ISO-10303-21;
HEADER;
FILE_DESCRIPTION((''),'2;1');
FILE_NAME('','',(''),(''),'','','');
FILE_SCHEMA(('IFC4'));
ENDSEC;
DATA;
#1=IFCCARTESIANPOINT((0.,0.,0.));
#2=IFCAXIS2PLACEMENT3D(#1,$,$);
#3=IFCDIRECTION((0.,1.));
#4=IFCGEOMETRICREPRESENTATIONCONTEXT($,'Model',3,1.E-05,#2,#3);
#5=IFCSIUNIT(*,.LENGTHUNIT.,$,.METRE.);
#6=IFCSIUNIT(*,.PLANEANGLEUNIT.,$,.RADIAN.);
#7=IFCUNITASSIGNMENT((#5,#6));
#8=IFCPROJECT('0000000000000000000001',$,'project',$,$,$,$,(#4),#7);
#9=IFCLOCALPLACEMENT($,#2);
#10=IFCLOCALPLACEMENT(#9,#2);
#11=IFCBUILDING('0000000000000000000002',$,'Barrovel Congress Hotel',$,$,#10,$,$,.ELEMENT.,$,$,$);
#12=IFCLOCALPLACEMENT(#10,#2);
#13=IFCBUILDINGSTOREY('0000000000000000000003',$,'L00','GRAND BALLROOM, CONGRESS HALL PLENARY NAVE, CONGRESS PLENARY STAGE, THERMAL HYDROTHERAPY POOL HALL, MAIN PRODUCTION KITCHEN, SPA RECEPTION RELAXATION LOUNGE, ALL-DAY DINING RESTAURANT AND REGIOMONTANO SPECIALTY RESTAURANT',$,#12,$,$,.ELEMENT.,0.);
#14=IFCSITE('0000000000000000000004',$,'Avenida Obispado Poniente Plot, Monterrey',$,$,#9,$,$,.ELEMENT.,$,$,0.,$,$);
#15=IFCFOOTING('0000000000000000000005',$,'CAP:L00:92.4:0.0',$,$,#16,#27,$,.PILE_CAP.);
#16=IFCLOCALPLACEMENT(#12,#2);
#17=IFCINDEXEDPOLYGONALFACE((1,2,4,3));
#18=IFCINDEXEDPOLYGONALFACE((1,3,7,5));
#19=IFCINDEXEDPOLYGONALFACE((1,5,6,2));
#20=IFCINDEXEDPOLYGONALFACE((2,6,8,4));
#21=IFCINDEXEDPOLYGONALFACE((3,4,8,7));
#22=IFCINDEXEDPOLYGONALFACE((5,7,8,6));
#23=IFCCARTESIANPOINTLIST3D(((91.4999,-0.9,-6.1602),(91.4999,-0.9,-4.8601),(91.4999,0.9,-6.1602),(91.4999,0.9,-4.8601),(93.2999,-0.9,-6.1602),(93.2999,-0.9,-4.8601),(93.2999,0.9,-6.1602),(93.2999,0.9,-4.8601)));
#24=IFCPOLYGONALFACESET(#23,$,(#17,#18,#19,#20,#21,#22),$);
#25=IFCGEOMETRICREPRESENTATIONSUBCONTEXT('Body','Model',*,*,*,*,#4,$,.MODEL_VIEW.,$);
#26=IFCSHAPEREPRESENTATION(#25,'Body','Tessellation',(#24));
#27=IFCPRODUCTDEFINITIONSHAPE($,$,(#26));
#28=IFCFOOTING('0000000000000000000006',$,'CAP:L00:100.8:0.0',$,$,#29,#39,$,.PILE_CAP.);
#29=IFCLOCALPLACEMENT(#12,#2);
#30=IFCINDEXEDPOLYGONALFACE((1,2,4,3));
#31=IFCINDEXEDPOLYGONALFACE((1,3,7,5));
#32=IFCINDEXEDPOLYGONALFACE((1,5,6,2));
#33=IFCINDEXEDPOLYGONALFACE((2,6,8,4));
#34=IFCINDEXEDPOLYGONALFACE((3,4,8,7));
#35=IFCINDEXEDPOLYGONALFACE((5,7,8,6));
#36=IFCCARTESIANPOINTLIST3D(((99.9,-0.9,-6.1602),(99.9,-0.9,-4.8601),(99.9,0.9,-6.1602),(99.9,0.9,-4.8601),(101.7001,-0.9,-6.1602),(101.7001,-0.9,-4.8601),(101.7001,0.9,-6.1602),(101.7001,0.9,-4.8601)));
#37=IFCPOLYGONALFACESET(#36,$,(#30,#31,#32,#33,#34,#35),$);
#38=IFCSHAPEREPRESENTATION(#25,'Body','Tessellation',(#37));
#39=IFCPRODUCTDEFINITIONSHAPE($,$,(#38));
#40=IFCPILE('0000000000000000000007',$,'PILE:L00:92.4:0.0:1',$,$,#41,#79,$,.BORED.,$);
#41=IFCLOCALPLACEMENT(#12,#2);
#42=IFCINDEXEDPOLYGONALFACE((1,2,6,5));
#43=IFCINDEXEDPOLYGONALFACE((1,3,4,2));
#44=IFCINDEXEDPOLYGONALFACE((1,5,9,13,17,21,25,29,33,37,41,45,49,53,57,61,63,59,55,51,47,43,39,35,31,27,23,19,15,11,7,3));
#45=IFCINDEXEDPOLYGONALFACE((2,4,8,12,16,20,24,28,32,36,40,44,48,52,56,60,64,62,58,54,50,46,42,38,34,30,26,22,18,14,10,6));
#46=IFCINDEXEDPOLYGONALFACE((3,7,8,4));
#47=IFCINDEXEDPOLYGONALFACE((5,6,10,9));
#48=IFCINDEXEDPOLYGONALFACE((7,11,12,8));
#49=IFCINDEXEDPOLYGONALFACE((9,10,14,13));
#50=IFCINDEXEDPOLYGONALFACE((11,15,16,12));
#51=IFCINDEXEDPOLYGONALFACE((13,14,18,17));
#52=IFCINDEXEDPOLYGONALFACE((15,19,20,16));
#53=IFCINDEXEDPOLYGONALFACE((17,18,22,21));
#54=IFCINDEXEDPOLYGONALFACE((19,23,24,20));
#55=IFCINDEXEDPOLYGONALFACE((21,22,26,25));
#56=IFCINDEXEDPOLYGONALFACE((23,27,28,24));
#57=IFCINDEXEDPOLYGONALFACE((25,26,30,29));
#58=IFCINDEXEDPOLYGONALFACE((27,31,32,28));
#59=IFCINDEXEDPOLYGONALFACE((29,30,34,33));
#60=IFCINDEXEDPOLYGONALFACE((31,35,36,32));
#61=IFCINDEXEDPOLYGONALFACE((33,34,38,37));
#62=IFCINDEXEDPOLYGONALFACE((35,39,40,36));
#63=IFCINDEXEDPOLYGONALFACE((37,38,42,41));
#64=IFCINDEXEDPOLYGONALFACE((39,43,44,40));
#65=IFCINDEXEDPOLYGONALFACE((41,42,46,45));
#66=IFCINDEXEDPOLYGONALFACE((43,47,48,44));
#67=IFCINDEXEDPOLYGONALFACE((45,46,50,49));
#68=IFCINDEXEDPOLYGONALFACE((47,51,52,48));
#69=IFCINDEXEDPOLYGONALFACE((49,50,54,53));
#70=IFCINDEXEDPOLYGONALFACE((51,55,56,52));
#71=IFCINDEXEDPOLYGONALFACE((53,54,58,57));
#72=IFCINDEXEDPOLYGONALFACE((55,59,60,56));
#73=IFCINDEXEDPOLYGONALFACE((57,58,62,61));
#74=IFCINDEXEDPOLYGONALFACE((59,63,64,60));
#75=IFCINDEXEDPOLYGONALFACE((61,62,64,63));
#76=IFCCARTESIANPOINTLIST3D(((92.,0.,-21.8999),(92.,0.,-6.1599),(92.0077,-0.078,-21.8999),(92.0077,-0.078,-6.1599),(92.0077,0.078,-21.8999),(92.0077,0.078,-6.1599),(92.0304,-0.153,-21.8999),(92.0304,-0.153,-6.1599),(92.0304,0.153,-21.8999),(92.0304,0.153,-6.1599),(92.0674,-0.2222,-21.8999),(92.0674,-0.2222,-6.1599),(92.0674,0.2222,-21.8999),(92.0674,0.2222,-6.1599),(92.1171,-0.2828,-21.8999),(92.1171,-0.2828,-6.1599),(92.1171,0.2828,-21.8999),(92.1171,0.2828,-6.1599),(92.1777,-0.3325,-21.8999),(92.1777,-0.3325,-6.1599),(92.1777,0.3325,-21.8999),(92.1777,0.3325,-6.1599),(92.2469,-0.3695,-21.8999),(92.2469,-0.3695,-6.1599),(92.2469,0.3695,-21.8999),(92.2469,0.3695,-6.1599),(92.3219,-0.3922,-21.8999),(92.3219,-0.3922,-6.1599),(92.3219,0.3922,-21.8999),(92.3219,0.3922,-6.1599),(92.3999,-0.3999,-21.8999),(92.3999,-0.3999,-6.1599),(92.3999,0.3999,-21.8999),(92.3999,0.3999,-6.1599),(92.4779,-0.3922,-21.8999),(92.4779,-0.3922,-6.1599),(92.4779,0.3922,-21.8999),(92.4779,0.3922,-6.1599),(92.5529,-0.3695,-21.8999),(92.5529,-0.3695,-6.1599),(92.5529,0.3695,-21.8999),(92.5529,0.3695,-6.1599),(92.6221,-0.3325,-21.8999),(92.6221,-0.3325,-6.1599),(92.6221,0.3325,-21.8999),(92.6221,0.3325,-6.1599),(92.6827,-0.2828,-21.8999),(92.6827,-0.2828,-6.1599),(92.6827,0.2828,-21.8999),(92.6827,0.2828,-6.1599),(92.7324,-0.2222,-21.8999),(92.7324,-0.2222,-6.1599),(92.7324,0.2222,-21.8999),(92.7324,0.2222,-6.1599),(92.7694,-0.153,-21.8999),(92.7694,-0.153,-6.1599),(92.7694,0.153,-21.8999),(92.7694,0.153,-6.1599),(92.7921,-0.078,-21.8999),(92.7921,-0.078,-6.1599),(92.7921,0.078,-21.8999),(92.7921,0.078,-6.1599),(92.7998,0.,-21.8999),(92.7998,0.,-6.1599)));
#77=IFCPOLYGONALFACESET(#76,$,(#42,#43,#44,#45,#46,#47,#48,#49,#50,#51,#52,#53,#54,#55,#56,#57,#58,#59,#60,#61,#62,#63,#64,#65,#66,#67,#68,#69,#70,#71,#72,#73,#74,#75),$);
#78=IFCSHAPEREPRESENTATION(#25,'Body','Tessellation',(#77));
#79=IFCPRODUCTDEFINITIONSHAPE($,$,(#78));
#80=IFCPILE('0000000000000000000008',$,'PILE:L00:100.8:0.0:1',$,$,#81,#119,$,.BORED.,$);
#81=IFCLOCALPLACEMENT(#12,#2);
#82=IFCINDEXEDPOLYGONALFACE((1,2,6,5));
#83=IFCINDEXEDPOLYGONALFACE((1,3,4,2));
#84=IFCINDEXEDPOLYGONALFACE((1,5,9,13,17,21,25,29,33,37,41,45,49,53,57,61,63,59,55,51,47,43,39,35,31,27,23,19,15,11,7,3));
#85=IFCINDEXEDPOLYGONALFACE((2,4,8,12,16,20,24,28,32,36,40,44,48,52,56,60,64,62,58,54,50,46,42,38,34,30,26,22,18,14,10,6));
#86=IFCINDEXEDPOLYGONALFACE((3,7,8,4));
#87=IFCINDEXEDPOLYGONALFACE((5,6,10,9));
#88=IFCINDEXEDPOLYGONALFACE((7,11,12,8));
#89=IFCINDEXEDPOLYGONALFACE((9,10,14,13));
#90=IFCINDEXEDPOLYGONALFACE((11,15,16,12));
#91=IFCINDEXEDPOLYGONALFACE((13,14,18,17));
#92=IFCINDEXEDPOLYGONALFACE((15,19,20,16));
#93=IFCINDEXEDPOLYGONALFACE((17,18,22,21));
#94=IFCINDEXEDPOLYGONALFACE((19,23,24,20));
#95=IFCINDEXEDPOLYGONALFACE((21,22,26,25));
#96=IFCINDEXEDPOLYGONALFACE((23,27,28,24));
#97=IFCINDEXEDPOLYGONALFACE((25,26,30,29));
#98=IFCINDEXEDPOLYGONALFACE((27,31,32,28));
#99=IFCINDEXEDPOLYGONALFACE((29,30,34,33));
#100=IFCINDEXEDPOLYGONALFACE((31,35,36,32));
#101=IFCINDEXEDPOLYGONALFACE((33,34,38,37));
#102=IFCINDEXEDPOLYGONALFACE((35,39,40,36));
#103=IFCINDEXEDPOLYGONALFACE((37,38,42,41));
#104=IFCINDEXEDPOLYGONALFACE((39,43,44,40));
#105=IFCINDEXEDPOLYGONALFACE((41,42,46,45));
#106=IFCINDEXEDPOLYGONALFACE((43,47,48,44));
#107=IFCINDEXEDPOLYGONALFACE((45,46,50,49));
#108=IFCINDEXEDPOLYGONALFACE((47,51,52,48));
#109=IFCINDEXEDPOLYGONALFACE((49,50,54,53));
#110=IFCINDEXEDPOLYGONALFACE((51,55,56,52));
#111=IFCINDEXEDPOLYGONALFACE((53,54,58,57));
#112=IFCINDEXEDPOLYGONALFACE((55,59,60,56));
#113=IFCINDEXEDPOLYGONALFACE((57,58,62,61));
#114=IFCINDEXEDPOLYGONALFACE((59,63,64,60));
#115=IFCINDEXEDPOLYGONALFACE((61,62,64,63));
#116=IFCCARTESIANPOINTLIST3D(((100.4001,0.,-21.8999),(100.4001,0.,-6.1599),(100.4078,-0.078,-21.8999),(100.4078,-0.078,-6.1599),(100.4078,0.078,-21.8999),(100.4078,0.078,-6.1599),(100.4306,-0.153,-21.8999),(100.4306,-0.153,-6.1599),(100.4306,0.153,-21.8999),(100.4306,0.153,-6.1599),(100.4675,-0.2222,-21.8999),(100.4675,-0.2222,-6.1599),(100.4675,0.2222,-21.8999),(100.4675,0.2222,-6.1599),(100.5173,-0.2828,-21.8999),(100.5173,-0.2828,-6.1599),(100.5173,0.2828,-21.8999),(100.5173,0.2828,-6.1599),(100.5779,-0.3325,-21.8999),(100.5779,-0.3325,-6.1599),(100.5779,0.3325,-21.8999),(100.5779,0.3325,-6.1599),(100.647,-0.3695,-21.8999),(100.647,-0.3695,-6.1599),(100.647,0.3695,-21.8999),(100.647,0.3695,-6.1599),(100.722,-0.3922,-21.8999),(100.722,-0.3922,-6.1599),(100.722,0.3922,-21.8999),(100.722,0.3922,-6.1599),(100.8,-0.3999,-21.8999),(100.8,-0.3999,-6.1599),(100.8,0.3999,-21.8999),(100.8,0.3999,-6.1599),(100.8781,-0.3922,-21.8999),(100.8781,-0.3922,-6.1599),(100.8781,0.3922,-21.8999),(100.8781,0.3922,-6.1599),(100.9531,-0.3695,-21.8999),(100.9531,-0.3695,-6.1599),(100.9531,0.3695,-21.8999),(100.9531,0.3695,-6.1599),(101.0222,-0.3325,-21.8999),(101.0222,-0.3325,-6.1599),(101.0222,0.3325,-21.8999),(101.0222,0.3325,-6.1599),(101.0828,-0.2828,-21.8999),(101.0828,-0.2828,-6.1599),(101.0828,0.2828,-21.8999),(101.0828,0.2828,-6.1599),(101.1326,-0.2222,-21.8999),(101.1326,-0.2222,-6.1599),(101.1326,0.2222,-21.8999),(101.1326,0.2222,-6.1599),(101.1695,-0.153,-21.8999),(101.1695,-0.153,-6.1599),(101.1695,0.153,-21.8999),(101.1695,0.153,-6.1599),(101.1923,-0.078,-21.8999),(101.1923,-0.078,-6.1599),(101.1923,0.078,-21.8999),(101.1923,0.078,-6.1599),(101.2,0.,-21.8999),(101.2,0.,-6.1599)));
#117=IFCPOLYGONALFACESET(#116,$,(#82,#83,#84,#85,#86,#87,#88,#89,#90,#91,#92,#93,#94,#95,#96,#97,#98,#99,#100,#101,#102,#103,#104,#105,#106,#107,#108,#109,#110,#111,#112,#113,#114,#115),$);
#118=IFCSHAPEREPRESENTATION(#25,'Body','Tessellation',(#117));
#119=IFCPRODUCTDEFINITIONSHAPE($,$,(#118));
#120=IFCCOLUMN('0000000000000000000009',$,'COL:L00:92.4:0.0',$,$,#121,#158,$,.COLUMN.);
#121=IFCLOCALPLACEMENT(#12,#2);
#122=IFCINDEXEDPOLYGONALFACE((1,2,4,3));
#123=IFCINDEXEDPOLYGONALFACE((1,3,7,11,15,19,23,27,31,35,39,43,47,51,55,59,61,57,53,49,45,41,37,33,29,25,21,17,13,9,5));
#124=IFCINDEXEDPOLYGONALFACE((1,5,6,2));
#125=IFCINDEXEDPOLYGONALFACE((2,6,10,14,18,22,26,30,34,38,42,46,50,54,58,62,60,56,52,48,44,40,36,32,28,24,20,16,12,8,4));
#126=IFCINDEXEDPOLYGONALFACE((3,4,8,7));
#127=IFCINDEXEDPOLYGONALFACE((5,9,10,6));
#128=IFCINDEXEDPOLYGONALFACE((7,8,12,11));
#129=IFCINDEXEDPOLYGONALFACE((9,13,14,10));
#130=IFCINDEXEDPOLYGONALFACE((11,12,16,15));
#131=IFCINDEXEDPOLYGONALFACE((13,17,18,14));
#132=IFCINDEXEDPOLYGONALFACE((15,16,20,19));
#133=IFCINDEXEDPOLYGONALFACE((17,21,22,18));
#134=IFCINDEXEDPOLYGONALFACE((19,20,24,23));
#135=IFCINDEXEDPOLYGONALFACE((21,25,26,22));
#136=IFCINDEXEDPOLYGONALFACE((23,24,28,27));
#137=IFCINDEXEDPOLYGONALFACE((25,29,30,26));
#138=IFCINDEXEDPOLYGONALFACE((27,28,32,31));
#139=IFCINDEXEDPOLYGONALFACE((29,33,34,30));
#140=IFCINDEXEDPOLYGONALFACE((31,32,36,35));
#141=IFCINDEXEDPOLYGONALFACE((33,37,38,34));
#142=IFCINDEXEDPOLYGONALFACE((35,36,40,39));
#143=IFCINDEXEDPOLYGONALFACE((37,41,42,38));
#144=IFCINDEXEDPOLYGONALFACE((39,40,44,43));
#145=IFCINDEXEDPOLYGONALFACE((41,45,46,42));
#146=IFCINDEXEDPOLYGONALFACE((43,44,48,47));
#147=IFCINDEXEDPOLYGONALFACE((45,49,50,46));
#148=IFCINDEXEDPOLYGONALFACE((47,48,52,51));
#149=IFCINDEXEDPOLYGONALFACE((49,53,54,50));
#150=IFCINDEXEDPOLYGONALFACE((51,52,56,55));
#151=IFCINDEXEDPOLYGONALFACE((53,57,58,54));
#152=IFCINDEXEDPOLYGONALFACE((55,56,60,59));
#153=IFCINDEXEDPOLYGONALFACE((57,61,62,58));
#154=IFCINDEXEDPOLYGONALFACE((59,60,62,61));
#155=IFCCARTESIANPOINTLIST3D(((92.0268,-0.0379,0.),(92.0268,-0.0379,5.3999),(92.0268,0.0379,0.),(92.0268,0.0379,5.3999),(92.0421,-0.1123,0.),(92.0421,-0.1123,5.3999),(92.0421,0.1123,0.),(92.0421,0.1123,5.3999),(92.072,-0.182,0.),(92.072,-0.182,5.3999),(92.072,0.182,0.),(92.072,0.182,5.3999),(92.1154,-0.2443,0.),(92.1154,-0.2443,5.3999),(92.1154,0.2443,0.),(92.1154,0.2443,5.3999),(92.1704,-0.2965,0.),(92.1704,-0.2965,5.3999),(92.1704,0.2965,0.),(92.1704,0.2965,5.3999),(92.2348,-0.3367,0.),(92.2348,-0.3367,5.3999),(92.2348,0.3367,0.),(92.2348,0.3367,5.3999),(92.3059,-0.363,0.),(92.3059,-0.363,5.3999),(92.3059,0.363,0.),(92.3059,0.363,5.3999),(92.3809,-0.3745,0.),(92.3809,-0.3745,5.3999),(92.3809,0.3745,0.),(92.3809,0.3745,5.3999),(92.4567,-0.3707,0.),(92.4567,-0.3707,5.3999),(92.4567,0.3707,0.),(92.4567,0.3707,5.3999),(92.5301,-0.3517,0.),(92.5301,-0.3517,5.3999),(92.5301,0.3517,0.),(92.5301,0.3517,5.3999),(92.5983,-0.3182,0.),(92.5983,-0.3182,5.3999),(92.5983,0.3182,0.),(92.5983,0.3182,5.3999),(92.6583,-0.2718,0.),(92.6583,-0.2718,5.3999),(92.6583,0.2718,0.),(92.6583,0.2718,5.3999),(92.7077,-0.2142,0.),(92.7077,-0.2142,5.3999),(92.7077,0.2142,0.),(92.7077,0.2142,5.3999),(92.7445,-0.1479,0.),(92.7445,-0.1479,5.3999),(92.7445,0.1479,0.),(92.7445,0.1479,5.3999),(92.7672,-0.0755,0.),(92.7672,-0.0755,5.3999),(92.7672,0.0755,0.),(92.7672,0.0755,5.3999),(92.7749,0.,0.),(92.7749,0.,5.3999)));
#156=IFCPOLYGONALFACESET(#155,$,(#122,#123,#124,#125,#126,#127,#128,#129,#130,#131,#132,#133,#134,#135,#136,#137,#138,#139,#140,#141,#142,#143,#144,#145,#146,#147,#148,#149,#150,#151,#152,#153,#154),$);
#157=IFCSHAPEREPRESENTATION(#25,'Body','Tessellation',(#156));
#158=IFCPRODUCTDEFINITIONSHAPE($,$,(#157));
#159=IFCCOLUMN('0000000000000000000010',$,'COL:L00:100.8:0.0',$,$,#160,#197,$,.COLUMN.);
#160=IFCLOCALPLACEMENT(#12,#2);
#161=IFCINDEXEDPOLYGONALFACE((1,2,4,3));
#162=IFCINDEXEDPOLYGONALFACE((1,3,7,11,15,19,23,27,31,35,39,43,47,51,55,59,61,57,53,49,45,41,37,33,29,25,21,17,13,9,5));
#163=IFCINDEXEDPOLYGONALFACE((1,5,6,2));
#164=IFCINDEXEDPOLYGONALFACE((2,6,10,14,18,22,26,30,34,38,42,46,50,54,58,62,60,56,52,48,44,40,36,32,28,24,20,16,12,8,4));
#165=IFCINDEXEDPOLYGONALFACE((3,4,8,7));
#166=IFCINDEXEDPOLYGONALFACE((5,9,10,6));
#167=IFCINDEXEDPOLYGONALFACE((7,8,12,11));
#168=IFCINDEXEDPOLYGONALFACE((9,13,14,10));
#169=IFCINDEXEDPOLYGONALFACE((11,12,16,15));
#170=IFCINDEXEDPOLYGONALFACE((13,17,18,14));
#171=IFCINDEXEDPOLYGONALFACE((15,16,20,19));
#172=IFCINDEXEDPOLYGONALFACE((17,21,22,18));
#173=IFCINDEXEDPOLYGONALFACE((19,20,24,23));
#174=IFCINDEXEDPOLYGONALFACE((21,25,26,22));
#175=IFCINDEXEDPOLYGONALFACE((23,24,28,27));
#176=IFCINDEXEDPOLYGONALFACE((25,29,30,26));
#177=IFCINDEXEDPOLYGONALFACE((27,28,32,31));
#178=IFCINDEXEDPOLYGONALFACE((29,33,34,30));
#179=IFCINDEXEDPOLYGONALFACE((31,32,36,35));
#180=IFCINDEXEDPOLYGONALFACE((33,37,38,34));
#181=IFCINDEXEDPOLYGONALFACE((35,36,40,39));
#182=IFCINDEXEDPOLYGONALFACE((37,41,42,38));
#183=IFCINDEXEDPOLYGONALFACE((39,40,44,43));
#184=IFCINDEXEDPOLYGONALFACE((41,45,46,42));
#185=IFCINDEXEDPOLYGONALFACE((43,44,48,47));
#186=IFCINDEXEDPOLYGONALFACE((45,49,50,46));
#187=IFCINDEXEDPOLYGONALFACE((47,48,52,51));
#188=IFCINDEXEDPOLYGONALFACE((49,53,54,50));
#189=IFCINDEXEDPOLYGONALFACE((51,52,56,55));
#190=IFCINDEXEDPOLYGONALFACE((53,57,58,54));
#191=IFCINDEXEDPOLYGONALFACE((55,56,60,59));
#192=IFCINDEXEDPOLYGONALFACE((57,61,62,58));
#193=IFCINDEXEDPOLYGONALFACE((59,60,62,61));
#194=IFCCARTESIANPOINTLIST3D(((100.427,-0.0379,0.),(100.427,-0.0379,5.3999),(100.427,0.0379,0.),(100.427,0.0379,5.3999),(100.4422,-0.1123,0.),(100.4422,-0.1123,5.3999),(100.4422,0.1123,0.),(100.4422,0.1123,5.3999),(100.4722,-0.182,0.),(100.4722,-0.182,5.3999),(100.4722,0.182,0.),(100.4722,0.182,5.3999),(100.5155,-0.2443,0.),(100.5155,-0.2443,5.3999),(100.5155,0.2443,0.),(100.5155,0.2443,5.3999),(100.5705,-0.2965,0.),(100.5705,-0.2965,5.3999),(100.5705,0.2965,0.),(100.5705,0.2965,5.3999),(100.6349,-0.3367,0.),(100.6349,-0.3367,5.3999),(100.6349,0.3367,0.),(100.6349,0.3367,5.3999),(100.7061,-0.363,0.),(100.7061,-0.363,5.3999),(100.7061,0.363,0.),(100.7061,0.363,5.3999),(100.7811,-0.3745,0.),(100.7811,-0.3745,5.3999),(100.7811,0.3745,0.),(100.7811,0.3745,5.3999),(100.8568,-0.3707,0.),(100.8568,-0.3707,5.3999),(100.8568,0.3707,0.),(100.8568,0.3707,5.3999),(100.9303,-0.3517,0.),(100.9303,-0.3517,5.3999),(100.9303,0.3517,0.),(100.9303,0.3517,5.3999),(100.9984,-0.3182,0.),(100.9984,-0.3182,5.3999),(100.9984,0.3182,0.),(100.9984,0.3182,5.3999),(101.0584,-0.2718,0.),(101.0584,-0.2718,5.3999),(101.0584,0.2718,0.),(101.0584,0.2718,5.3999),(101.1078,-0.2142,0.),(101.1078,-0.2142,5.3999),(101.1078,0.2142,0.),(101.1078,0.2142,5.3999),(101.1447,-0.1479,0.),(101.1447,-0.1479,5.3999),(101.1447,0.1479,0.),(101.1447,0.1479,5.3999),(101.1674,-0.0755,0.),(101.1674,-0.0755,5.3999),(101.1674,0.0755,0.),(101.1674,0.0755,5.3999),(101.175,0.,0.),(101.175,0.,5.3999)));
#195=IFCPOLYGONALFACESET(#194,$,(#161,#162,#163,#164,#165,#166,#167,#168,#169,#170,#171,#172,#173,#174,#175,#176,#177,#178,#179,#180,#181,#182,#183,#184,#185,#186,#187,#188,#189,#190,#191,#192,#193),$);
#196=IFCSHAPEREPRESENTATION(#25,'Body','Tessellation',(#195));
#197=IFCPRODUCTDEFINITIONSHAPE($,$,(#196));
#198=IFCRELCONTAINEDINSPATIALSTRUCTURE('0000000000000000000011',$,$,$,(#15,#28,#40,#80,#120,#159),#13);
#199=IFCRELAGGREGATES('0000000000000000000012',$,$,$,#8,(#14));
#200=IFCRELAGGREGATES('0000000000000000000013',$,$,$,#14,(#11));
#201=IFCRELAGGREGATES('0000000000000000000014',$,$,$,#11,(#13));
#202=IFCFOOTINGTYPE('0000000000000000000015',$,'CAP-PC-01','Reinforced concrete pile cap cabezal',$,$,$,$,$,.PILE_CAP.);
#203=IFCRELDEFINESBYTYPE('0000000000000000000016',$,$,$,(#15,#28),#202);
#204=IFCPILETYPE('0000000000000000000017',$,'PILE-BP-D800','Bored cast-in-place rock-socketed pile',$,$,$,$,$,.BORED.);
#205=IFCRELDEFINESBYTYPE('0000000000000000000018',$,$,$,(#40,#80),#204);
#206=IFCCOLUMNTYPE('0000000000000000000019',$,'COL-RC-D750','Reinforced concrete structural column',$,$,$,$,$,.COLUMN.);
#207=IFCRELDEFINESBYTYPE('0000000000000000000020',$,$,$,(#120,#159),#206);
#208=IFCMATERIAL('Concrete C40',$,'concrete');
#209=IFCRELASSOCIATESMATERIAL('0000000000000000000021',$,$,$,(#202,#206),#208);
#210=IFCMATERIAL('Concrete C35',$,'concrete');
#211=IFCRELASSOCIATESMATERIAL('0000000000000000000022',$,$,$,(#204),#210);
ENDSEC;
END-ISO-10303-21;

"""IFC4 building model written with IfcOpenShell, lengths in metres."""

from ifc_helpers import new_model, si_unit, direction, frame, origin, origin_2d, place, context, subcontext, project, spatial, rectangle, circle, extrude, material, material_profile, profile_set, type_object, element, save


model = new_model("IFC4")

# Units and contexts
model_context = context("Model", 3, precision=1e-05, world=origin(), true_north=direction((0.0, 1.0)))
body_context = subcontext(model_context, "Body", "Model", "MODEL_VIEW")
ifc_project = project(units=[si_unit("LENGTHUNIT", "METRE"), si_unit("PLANEANGLEUNIT", "RADIAN")], contexts=[model_context])

# Site, building, storey
site_placement = place(None, origin())
site = spatial("IfcSite", under=ifc_project, at=site_placement, Name="Avenida Obispado Poniente Plot, Monterrey", CompositionType="ELEMENT", RefElevation=0.0)
building_placement = place(site_placement, origin())
building = spatial("IfcBuilding", under=site, at=building_placement, Name="Barrovel Congress Hotel", CompositionType="ELEMENT")
storey_placement = place(building_placement, origin())
storey = spatial("IfcBuildingStorey", under=building, at=storey_placement, Name="L00", Description="GRAND BALLROOM, CONGRESS HALL PLENARY NAVE, CONGRESS PLENARY STAGE, THERMAL HYDROTHERAPY POOL HALL, MAIN PRODUCTION KITCHEN, SPA RECEPTION RELAXATION LOUNGE, ALL-DAY DINING RESTAURANT AND REGIOMONTANO SPECIALTY RESTAURANT", CompositionType="ELEMENT", Elevation=0.0)

# Footings
ifc_material_1 = material(Name="Concrete C40", Category="concrete")
footing_type = type_object("IfcFootingType", Name="CAP-PC-01", Description="Reinforced concrete pile cap cabezal", PredefinedType="PILE_CAP", material=ifc_material_1)
for number, where, z_axis, x_axis, name in (
    (1, (92.3999, 0.0, -6.1602), (0.0, 0.0, 1.0), (1.0, 0.0, 0.0), "CAP:L00:92.4:0.0"),
    (2, (100.8, 0.0, -6.1602), (0.0, 0.0, 1.0), (1.0, 0.0, 0.0), "CAP:L00:100.8:0.0"),
):
    element("IfcFooting", number, at=place(storey_placement, frame(where, z_axis=z_axis, x_axis=x_axis)), inside=storey, type_object=footing_type, Name=name, PredefinedType="PILE_CAP", context=body_context, shape_type="SweptSolid", body=[
        extrude(rectangle(XDim=1.8, YDim=1.8, at=origin_2d()), origin(), (0.0, 0.0, 1.0), 1.3),
    ])

# Piles
ifc_material_2 = material(Name="Concrete C35", Category="concrete")
ifc_material_profile_1 = material_profile(ifc_material_2, circle(Radius=0.3999, at=origin_2d()), Name="BP-D800")
ifc_profile_set_1 = profile_set([ifc_material_profile_1], Name="Concrete C35")
pile_type = type_object("IfcPileType", Name="PILE-BP-D800", Description="Bored cast-in-place rock-socketed pile", PredefinedType="BORED", material=ifc_profile_set_1)
for number, where, z_axis, x_axis, name in (
    (3, (92.3999, 0.0, -6.1599), (0.0, 0.0, -1.0), (1.0, 0.0, 0.0), "PILE:L00:92.4:0.0:1"),
    (4, (100.8, 0.0, -6.1599), (0.0, 0.0, -1.0), (1.0, 0.0, 0.0), "PILE:L00:100.8:0.0:1"),
):
    element("IfcPile", number, at=place(storey_placement, frame(where, z_axis=z_axis, x_axis=x_axis)), inside=storey, type_object=pile_type, Name=name, PredefinedType="BORED", context=body_context, shape_type="SweptSolid", body=[
        extrude(circle(Radius=0.3999, at=origin_2d()), origin(), (0.0, 0.0, 1.0), 15.74),
    ])

# Columns
ifc_material_profile_2 = material_profile(ifc_material_1, circle(Radius=0.375, at=origin_2d()), Name="RC-D750")
ifc_profile_set_2 = profile_set([ifc_material_profile_2], Name="Concrete C40")
column_type_1 = type_object("IfcColumnType", Name="COL-RC-D750", Description="Reinforced concrete structural column", PredefinedType="COLUMN", material=ifc_profile_set_2)
for number, where, z_axis, x_axis, name in (
    (5, (92.3999, 0.0, 0.0), (0.0, 0.0, 1.0), (1.0, 0.0, 0.0), "COL:L00:92.4:0.0"),
    (6, (100.8, 0.0, 0.0), (0.0, 0.0, 1.0), (1.0, 0.0, 0.0), "COL:L00:100.8:0.0"),
):
    element("IfcColumn", number, at=place(storey_placement, frame(where, z_axis=z_axis, x_axis=x_axis)), inside=storey, type_object=column_type_1, Name=name, PredefinedType="COLUMN", context=body_context, shape_type="SweptSolid", body=[
        extrude(circle(Radius=0.375, at=origin_2d()), origin(), (0.0, 0.0, 1.0), 5.3999),
    ])

save(model, "model.ifc")
